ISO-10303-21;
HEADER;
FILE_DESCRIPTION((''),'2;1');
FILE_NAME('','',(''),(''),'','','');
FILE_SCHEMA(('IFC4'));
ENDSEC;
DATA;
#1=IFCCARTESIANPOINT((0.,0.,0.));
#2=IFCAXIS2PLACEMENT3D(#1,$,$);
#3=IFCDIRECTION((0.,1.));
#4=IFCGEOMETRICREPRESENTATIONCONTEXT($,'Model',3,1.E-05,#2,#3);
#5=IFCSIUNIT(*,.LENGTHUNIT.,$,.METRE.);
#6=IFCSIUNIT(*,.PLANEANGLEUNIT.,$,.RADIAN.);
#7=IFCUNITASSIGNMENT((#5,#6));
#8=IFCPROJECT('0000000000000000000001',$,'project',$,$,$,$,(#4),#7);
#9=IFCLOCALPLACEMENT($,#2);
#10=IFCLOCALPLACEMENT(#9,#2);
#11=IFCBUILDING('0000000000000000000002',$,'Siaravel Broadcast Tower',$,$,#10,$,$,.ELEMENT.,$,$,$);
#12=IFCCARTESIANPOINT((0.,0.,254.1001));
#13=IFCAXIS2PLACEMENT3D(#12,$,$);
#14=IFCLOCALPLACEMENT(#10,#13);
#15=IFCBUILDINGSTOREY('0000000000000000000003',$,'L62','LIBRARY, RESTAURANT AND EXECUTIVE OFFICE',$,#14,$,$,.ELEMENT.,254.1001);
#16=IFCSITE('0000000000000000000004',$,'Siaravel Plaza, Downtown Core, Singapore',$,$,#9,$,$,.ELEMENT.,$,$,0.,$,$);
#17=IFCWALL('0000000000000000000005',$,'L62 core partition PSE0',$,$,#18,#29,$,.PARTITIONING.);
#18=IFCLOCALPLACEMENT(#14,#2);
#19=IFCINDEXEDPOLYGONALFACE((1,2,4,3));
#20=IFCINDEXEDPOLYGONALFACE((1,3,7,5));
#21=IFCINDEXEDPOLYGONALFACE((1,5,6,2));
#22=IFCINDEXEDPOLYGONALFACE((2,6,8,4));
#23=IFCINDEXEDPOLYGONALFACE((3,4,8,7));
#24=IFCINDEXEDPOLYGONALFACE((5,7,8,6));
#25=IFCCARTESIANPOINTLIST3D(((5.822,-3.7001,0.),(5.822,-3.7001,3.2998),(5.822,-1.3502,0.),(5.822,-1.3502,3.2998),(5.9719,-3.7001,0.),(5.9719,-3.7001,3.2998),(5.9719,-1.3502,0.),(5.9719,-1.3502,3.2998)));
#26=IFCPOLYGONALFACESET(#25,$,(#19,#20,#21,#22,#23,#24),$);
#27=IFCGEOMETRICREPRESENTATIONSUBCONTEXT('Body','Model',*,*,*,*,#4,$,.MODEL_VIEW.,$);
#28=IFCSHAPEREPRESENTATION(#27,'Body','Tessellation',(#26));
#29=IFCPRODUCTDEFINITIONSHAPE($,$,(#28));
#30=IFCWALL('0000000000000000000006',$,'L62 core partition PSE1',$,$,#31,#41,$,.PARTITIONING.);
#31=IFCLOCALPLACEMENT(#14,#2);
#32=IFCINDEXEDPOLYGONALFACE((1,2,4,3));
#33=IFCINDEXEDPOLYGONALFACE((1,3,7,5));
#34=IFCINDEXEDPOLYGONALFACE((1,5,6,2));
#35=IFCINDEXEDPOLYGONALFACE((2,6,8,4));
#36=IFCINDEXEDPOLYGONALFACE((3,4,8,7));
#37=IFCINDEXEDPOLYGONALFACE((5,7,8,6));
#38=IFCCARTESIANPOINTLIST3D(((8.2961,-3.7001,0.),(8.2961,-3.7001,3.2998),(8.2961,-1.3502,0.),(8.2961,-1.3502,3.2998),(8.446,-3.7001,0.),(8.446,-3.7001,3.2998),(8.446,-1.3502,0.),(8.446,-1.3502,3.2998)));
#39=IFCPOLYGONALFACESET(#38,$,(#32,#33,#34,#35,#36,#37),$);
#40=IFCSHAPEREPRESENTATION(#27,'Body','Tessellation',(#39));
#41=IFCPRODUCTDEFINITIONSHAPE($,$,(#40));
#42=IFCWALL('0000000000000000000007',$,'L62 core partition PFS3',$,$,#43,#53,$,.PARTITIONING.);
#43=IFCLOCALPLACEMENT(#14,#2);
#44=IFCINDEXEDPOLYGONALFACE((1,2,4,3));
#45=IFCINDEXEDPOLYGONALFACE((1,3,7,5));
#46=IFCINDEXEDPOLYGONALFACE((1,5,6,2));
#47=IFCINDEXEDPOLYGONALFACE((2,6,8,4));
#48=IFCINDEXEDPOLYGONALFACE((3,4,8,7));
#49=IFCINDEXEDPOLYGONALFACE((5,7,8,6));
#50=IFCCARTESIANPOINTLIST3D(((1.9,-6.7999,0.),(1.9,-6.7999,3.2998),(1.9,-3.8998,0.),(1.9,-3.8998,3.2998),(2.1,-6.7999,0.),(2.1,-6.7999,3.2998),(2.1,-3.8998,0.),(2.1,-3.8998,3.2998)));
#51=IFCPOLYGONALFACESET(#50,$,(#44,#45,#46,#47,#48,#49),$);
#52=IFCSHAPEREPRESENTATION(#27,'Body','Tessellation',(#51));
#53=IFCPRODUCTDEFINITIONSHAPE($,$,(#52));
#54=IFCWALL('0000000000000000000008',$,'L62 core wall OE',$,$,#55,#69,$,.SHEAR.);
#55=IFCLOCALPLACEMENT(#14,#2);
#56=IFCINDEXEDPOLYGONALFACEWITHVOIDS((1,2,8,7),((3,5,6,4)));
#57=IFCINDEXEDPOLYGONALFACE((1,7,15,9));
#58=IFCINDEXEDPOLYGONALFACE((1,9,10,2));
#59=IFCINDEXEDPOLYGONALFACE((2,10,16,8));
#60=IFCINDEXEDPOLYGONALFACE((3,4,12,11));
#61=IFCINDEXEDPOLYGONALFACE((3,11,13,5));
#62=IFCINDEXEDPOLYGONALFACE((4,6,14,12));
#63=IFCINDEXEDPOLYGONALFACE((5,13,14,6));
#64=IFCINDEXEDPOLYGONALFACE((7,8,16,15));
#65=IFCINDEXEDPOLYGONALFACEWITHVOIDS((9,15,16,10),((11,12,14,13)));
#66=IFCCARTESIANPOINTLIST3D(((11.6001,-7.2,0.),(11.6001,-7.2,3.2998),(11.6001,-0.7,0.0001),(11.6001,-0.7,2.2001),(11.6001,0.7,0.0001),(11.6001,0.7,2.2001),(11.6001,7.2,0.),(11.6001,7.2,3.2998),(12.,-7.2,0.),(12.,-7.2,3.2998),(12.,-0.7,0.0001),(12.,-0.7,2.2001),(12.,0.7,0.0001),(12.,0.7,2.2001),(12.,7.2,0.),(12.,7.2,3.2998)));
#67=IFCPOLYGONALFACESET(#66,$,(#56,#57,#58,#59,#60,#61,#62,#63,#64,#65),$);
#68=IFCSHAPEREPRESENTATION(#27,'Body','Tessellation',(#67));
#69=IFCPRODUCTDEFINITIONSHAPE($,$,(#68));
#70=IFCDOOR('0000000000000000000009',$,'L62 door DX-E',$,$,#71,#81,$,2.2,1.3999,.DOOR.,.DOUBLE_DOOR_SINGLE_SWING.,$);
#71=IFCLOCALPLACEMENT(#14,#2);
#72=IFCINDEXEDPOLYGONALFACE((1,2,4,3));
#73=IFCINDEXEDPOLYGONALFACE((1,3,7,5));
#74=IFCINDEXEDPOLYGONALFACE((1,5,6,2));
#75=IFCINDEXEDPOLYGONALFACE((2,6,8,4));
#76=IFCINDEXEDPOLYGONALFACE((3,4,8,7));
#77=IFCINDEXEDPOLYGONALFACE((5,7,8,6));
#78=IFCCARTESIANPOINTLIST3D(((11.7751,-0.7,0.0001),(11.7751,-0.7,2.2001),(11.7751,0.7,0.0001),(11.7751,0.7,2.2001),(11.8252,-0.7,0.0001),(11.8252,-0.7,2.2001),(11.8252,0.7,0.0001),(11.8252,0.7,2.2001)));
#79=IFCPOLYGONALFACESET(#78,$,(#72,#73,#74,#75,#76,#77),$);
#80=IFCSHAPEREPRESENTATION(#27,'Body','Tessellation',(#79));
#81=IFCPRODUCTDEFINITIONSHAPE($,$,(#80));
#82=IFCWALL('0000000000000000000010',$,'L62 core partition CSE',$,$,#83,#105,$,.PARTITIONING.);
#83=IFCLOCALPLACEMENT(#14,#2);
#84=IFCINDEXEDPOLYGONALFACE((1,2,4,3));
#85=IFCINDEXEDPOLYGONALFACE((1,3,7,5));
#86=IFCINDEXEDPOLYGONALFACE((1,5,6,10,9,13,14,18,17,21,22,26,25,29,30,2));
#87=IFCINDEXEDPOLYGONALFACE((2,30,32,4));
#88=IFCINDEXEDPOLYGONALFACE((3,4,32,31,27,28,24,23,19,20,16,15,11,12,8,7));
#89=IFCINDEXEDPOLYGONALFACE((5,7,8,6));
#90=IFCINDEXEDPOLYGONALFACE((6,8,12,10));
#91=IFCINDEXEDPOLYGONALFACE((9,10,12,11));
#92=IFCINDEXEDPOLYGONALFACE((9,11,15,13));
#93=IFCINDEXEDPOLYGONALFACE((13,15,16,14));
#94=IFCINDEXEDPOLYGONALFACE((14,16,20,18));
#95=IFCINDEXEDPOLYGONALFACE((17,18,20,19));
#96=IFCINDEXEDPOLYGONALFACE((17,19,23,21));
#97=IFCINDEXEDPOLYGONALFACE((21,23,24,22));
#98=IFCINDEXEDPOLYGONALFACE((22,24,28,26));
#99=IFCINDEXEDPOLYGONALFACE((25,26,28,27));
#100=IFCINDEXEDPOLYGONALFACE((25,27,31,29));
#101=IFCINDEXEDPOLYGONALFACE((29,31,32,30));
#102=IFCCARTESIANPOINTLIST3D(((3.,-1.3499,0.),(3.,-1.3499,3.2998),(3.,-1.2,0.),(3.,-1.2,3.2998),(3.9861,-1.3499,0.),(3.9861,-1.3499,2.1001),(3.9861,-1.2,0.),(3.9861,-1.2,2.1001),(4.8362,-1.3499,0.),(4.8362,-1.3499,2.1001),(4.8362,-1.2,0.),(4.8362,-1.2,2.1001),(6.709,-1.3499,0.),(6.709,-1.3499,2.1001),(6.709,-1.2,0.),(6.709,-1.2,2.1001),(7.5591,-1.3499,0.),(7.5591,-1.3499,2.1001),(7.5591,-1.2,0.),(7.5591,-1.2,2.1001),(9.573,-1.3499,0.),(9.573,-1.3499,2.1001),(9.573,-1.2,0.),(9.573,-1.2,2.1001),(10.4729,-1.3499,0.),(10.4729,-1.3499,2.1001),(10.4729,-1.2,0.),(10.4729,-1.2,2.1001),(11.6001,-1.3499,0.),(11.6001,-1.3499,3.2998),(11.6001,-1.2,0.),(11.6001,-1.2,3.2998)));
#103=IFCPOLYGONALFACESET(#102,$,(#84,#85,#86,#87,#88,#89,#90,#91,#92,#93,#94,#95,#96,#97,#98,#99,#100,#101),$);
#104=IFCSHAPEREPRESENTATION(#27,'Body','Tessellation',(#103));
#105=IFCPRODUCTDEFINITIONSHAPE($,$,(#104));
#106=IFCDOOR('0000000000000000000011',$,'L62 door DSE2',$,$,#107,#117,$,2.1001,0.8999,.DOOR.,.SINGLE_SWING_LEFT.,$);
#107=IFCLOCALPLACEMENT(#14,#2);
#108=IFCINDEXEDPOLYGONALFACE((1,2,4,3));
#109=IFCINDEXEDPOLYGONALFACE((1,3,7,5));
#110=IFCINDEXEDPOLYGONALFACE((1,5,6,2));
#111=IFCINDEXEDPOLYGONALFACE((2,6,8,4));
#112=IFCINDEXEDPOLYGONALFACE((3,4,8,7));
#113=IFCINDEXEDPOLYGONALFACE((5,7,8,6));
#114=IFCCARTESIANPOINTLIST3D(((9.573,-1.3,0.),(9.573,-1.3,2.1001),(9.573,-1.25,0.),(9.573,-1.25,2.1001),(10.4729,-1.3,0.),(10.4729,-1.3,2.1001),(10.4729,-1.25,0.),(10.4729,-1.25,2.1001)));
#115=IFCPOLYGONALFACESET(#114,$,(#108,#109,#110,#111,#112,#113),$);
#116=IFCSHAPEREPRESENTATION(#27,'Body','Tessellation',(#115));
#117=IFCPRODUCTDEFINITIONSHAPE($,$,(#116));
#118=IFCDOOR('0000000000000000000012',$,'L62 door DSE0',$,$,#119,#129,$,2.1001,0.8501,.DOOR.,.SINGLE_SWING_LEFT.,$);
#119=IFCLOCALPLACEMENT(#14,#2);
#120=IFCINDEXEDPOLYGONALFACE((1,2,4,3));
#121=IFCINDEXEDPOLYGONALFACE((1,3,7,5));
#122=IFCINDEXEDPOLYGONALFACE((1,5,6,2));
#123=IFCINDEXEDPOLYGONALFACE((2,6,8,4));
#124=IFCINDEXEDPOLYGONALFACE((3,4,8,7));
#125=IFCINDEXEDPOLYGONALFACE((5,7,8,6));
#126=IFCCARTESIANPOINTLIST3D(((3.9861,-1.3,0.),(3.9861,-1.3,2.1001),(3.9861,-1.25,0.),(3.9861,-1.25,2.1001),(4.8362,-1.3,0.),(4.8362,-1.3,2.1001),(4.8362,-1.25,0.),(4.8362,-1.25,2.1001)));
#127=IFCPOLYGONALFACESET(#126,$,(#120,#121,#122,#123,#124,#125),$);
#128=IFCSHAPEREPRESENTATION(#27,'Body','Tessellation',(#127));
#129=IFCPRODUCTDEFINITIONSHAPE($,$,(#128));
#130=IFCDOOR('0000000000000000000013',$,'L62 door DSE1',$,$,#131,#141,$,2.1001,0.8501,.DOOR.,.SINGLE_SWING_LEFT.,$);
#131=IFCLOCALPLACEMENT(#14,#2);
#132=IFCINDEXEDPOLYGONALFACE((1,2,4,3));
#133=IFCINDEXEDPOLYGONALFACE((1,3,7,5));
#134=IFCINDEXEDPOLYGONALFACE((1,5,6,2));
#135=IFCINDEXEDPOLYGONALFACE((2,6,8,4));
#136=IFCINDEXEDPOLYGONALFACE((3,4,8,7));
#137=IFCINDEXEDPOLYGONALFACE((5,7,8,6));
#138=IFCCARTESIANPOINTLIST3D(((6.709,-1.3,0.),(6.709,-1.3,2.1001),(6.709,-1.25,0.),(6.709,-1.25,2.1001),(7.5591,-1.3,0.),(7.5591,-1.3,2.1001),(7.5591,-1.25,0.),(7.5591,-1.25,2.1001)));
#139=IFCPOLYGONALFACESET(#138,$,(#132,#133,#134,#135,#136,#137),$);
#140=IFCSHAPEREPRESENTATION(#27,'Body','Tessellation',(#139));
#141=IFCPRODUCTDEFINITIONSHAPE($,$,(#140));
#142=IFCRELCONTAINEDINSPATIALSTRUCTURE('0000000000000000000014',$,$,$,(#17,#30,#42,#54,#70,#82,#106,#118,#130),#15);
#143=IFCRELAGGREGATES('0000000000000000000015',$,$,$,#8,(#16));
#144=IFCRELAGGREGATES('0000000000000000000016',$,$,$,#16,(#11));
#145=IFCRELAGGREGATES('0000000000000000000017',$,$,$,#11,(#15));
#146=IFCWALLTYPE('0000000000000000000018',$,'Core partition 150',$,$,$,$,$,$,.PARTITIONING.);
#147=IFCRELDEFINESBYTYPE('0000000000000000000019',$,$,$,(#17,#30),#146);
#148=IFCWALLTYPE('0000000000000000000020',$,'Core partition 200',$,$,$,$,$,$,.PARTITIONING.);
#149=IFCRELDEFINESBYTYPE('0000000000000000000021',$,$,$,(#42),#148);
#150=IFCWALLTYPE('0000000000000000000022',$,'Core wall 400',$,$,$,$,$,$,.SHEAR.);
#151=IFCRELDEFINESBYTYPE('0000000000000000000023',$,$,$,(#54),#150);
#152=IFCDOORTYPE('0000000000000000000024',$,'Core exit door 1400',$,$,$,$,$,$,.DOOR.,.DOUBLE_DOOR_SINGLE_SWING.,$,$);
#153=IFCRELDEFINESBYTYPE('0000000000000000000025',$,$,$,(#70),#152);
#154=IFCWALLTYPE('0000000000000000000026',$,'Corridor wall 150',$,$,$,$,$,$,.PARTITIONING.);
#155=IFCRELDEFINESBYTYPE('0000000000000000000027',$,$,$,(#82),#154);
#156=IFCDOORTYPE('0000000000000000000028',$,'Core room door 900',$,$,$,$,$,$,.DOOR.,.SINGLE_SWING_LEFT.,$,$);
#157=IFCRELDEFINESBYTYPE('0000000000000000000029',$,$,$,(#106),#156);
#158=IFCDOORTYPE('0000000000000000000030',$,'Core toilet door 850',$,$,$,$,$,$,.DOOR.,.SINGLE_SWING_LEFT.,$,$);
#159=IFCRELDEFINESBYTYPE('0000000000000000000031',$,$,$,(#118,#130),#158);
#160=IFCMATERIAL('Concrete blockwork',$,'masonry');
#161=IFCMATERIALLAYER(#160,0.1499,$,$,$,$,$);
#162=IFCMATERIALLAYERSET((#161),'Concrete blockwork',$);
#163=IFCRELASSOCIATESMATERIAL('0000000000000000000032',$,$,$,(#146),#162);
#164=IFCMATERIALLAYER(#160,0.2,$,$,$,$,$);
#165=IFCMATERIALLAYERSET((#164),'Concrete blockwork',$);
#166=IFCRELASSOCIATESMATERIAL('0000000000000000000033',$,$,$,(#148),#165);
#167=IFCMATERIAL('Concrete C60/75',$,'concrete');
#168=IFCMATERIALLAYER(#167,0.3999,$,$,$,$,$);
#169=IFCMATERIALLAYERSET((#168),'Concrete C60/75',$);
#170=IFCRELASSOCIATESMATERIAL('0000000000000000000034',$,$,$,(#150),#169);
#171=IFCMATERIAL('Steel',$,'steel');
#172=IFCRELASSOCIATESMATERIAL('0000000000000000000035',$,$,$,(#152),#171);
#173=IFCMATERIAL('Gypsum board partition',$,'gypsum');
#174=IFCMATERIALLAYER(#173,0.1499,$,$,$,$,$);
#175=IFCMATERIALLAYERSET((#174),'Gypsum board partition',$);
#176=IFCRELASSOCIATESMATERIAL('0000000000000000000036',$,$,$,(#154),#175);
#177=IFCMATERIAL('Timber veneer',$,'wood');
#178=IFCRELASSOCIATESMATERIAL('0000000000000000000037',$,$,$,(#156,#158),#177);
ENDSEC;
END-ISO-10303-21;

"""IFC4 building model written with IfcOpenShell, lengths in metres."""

from ifc_helpers import new_model, si_unit, direction, frame, frame_2d, origin, place, context, subcontext, project, spatial, rectangle, extrude, material, layer, layer_set, type_object, element, fill, save


model = new_model("IFC4")

# Units and contexts
model_context = context("Model", 3, precision=1e-05, world=origin(), true_north=direction((0.0, 1.0)))
body_context = subcontext(model_context, "Body", "Model", "MODEL_VIEW")
ifc_project = project(units=[si_unit("LENGTHUNIT", "METRE"), si_unit("PLANEANGLEUNIT", "RADIAN")], contexts=[model_context])

# Site, building, storey
site_placement = place(None, origin())
site = spatial("IfcSite", under=ifc_project, at=site_placement, Name="Siaravel Plaza, Downtown Core, Singapore", CompositionType="ELEMENT", RefElevation=0.0)
building_placement = place(site_placement, origin())
building = spatial("IfcBuilding", under=site, at=building_placement, Name="Siaravel Broadcast Tower", CompositionType="ELEMENT")
storey_placement = place(building_placement, frame((0.0, 0.0, 254.1001)))
storey = spatial("IfcBuildingStorey", under=building, at=storey_placement, Name="L62", Description="LIBRARY, RESTAURANT AND EXECUTIVE OFFICE", CompositionType="ELEMENT", Elevation=254.1001)

# Walls
ifc_material_1 = material(Name="Concrete blockwork", Category="masonry")
ifc_layer_1 = layer(ifc_material_1, 0.1499)
ifc_layer_set_1 = layer_set([ifc_layer_1], Name="Concrete blockwork")
wall_type_1 = type_object("IfcWallType", Name="Core partition 150", PredefinedType="PARTITIONING", material=ifc_layer_set_1)
for number, where, z_axis, x_axis, name in (
    (1, (5.897, -3.7, 0.0), (0.0, 0.0, 1.0), (0.0, 1.0, 0.0), "L62 core partition PSE0"),
    (2, (8.3711, -3.7, 0.0), (0.0, 0.0, 1.0), (0.0, 1.0, 0.0), "L62 core partition PSE1"),
):
    element("IfcWall", number, at=place(storey_placement, frame(where, z_axis=z_axis, x_axis=x_axis)), inside=storey, type_object=wall_type_1, Name=name, PredefinedType="PARTITIONING", context=body_context, shape_type="SweptSolid", body=[
        extrude(rectangle(XDim=2.3499, YDim=0.1499, at=frame_2d((1.1748, 0.0))), origin(), (0.0, 0.0, 1.0), 3.2998),
    ])
ifc_layer_2 = layer(ifc_material_1, 0.2)
ifc_layer_set_2 = layer_set([ifc_layer_2], Name="Concrete blockwork")
wall_type_2 = type_object("IfcWallType", Name="Core partition 200", PredefinedType="PARTITIONING", material=ifc_layer_set_2)
wall_1_placement = place(storey_placement, frame((2.0, -6.8, 0.0), z_axis=(0.0, 0.0, 1.0), x_axis=(0.0, 1.0, 0.0)))
element("IfcWall", 3, at=wall_1_placement, inside=storey, type_object=wall_type_2, Name="L62 core partition PFS3", PredefinedType="PARTITIONING", context=body_context, shape_type="SweptSolid", body=[
    extrude(rectangle(XDim=2.9001, YDim=0.2, at=frame_2d((1.4502, 0.0))), origin(), (0.0, 0.0, 1.0), 3.2998),
])

# Wall, opening, door
ifc_material_2 = material(Name="Concrete C60/75", Category="concrete")
ifc_layer_3 = layer(ifc_material_2, 0.3999)
ifc_layer_set_3 = layer_set([ifc_layer_3], Name="Concrete C60/75")
wall_type_3 = type_object("IfcWallType", Name="Core wall 400", PredefinedType="SHEAR", material=ifc_layer_set_3)
wall_2_placement = place(storey_placement, frame((11.8, -7.2, 0.0), z_axis=(0.0, 0.0, 1.0), x_axis=(0.0, 1.0, 0.0)))
wall_2 = element("IfcWall", 4, at=wall_2_placement, inside=storey, type_object=wall_type_3, Name="L62 core wall OE", PredefinedType="SHEAR", context=body_context, shape_type="SweptSolid", body=[
    extrude(rectangle(XDim=14.3999, YDim=0.3999, at=frame_2d((7.2, 0.0))), origin(), (0.0, 0.0, 1.0), 3.2998),
])
opening_1_placement = place(wall_2_placement, frame((6.5, 0.0, 0.0)))
opening_1 = element("IfcOpeningElement", 5, at=opening_1_placement, cuts=wall_2, PredefinedType="OPENING", context=body_context, shape_type="SweptSolid", body=[
    extrude(rectangle(XDim=1.3999, YDim=2.2, at=frame_2d((0.7, 1.1001))), frame((0.0, 0.21, 0.0), z_axis=(0.0, -1.0, 0.0), x_axis=(1.0, 0.0, 0.0)), (0.0, 0.0, 1.0), 0.4199),
])
ifc_material_3 = material(Name="Steel", Category="steel")
door_type_1 = type_object("IfcDoorType", Name="Core exit door 1400", OperationType="DOUBLE_DOOR_SINGLE_SWING", PredefinedType="DOOR", material=ifc_material_3)
door_1_placement = place(opening_1_placement, origin())
door_1 = element("IfcDoor", 6, at=door_1_placement, inside=storey, type_object=door_type_1, Name="L62 door DX-E", OperationType="DOUBLE_DOOR_SINGLE_SWING", OverallHeight=2.2, OverallWidth=1.3999, PredefinedType="DOOR", context=body_context, shape_type="SweptSolid", body=[
    extrude(rectangle(XDim=1.3999, YDim=2.2, at=frame_2d((0.7, 1.1001))), frame((0.0, 0.0249, 0.0), z_axis=(0.0, -1.0, 0.0), x_axis=(1.0, 0.0, 0.0)), (0.0, 0.0, 1.0), 0.05),
])
fill(opening_1, door_1)

# Wall, openings, doors
ifc_material_4 = material(Name="Gypsum board partition", Category="gypsum")
ifc_layer_4 = layer(ifc_material_4, 0.1499)
ifc_layer_set_4 = layer_set([ifc_layer_4], Name="Gypsum board partition")
wall_type_4 = type_object("IfcWallType", Name="Corridor wall 150", PredefinedType="PARTITIONING", material=ifc_layer_set_4)
wall_3_placement = place(storey_placement, frame((3.0, -1.2749, 0.0), z_axis=(0.0, 0.0, 1.0), x_axis=(1.0, 0.0, 0.0)))
wall_3 = element("IfcWall", 7, at=wall_3_placement, inside=storey, type_object=wall_type_4, Name="L62 core partition CSE", PredefinedType="PARTITIONING", context=body_context, shape_type="SweptSolid", body=[
    extrude(rectangle(XDim=8.6001, YDim=0.1499, at=frame_2d((4.3, 0.0))), origin(), (0.0, 0.0, 1.0), 3.2998),
])
opening_2_placement = place(wall_3_placement, frame((0.9861, 0.0, 0.0)))
opening_2 = element("IfcOpeningElement", 8, at=opening_2_placement, cuts=wall_3, PredefinedType="OPENING", context=body_context, shape_type="SweptSolid", body=[
    extrude(rectangle(XDim=0.8501, YDim=2.1001, at=frame_2d((0.425, 1.05))), frame((0.0, 0.085, 0.0), z_axis=(0.0, -1.0, 0.0), x_axis=(1.0, 0.0, 0.0)), (0.0, 0.0, 1.0), 0.1699),
])
opening_3_placement = place(wall_3_placement, frame((3.709, 0.0, 0.0)))
opening_3 = element("IfcOpeningElement", 9, at=opening_3_placement, cuts=wall_3, PredefinedType="OPENING", context=body_context, shape_type="SweptSolid", body=[
    extrude(rectangle(XDim=0.8501, YDim=2.1001, at=frame_2d((0.425, 1.05))), frame((0.0, 0.085, 0.0), z_axis=(0.0, -1.0, 0.0), x_axis=(1.0, 0.0, 0.0)), (0.0, 0.0, 1.0), 0.1699),
])
opening_4_placement = place(wall_3_placement, frame((6.573, 0.0, 0.0)))
opening_4 = element("IfcOpeningElement", 10, at=opening_4_placement, cuts=wall_3, PredefinedType="OPENING", context=body_context, shape_type="SweptSolid", body=[
    extrude(rectangle(XDim=0.8999, YDim=2.1001, at=frame_2d((0.45, 1.05))), frame((0.0, 0.085, 0.0), z_axis=(0.0, -1.0, 0.0), x_axis=(1.0, 0.0, 0.0)), (0.0, 0.0, 1.0), 0.1699),
])
ifc_material_5 = material(Name="Timber veneer", Category="wood")
door_type_2 = type_object("IfcDoorType", Name="Core room door 900", OperationType="SINGLE_SWING_LEFT", PredefinedType="DOOR", material=ifc_material_5)
door_2_placement = place(opening_4_placement, origin())
door_2 = element("IfcDoor", 11, at=door_2_placement, inside=storey, type_object=door_type_2, Name="L62 door DSE2", OperationType="SINGLE_SWING_LEFT", OverallHeight=2.1001, OverallWidth=0.8999, PredefinedType="DOOR", context=body_context, shape_type="SweptSolid", body=[
    extrude(rectangle(XDim=0.8999, YDim=2.1001, at=frame_2d((0.45, 1.05))), frame((0.0, 0.0249, 0.0), z_axis=(0.0, -1.0, 0.0), x_axis=(1.0, 0.0, 0.0)), (0.0, 0.0, 1.0), 0.05),
])
fill(opening_4, door_2)
door_type_3 = type_object("IfcDoorType", Name="Core toilet door 850", OperationType="SINGLE_SWING_LEFT", PredefinedType="DOOR", material=ifc_material_5)
door_3_placement = place(opening_2_placement, origin())
door_3 = element("IfcDoor", 12, at=door_3_placement, inside=storey, type_object=door_type_3, Name="L62 door DSE0", OperationType="SINGLE_SWING_LEFT", OverallHeight=2.1001, OverallWidth=0.8501, PredefinedType="DOOR", context=body_context, shape_type="SweptSolid", body=[
    extrude(rectangle(XDim=0.8501, YDim=2.1001, at=frame_2d((0.425, 1.05))), frame((0.0, 0.0249, 0.0), z_axis=(0.0, -1.0, 0.0), x_axis=(1.0, 0.0, 0.0)), (0.0, 0.0, 1.0), 0.05),
])
fill(opening_2, door_3)
door_4_placement = place(opening_3_placement, origin())
door_4 = element("IfcDoor", 13, at=door_4_placement, inside=storey, type_object=door_type_3, Name="L62 door DSE1", OperationType="SINGLE_SWING_LEFT", OverallHeight=2.1001, OverallWidth=0.8501, PredefinedType="DOOR", context=body_context, shape_type="SweptSolid", body=[
    extrude(rectangle(XDim=0.8501, YDim=2.1001, at=frame_2d((0.425, 1.05))), frame((0.0, 0.0249, 0.0), z_axis=(0.0, -1.0, 0.0), x_axis=(1.0, 0.0, 0.0)), (0.0, 0.0, 1.0), 0.05),
])
fill(opening_3, door_4)

save(model, "model.ifc")
